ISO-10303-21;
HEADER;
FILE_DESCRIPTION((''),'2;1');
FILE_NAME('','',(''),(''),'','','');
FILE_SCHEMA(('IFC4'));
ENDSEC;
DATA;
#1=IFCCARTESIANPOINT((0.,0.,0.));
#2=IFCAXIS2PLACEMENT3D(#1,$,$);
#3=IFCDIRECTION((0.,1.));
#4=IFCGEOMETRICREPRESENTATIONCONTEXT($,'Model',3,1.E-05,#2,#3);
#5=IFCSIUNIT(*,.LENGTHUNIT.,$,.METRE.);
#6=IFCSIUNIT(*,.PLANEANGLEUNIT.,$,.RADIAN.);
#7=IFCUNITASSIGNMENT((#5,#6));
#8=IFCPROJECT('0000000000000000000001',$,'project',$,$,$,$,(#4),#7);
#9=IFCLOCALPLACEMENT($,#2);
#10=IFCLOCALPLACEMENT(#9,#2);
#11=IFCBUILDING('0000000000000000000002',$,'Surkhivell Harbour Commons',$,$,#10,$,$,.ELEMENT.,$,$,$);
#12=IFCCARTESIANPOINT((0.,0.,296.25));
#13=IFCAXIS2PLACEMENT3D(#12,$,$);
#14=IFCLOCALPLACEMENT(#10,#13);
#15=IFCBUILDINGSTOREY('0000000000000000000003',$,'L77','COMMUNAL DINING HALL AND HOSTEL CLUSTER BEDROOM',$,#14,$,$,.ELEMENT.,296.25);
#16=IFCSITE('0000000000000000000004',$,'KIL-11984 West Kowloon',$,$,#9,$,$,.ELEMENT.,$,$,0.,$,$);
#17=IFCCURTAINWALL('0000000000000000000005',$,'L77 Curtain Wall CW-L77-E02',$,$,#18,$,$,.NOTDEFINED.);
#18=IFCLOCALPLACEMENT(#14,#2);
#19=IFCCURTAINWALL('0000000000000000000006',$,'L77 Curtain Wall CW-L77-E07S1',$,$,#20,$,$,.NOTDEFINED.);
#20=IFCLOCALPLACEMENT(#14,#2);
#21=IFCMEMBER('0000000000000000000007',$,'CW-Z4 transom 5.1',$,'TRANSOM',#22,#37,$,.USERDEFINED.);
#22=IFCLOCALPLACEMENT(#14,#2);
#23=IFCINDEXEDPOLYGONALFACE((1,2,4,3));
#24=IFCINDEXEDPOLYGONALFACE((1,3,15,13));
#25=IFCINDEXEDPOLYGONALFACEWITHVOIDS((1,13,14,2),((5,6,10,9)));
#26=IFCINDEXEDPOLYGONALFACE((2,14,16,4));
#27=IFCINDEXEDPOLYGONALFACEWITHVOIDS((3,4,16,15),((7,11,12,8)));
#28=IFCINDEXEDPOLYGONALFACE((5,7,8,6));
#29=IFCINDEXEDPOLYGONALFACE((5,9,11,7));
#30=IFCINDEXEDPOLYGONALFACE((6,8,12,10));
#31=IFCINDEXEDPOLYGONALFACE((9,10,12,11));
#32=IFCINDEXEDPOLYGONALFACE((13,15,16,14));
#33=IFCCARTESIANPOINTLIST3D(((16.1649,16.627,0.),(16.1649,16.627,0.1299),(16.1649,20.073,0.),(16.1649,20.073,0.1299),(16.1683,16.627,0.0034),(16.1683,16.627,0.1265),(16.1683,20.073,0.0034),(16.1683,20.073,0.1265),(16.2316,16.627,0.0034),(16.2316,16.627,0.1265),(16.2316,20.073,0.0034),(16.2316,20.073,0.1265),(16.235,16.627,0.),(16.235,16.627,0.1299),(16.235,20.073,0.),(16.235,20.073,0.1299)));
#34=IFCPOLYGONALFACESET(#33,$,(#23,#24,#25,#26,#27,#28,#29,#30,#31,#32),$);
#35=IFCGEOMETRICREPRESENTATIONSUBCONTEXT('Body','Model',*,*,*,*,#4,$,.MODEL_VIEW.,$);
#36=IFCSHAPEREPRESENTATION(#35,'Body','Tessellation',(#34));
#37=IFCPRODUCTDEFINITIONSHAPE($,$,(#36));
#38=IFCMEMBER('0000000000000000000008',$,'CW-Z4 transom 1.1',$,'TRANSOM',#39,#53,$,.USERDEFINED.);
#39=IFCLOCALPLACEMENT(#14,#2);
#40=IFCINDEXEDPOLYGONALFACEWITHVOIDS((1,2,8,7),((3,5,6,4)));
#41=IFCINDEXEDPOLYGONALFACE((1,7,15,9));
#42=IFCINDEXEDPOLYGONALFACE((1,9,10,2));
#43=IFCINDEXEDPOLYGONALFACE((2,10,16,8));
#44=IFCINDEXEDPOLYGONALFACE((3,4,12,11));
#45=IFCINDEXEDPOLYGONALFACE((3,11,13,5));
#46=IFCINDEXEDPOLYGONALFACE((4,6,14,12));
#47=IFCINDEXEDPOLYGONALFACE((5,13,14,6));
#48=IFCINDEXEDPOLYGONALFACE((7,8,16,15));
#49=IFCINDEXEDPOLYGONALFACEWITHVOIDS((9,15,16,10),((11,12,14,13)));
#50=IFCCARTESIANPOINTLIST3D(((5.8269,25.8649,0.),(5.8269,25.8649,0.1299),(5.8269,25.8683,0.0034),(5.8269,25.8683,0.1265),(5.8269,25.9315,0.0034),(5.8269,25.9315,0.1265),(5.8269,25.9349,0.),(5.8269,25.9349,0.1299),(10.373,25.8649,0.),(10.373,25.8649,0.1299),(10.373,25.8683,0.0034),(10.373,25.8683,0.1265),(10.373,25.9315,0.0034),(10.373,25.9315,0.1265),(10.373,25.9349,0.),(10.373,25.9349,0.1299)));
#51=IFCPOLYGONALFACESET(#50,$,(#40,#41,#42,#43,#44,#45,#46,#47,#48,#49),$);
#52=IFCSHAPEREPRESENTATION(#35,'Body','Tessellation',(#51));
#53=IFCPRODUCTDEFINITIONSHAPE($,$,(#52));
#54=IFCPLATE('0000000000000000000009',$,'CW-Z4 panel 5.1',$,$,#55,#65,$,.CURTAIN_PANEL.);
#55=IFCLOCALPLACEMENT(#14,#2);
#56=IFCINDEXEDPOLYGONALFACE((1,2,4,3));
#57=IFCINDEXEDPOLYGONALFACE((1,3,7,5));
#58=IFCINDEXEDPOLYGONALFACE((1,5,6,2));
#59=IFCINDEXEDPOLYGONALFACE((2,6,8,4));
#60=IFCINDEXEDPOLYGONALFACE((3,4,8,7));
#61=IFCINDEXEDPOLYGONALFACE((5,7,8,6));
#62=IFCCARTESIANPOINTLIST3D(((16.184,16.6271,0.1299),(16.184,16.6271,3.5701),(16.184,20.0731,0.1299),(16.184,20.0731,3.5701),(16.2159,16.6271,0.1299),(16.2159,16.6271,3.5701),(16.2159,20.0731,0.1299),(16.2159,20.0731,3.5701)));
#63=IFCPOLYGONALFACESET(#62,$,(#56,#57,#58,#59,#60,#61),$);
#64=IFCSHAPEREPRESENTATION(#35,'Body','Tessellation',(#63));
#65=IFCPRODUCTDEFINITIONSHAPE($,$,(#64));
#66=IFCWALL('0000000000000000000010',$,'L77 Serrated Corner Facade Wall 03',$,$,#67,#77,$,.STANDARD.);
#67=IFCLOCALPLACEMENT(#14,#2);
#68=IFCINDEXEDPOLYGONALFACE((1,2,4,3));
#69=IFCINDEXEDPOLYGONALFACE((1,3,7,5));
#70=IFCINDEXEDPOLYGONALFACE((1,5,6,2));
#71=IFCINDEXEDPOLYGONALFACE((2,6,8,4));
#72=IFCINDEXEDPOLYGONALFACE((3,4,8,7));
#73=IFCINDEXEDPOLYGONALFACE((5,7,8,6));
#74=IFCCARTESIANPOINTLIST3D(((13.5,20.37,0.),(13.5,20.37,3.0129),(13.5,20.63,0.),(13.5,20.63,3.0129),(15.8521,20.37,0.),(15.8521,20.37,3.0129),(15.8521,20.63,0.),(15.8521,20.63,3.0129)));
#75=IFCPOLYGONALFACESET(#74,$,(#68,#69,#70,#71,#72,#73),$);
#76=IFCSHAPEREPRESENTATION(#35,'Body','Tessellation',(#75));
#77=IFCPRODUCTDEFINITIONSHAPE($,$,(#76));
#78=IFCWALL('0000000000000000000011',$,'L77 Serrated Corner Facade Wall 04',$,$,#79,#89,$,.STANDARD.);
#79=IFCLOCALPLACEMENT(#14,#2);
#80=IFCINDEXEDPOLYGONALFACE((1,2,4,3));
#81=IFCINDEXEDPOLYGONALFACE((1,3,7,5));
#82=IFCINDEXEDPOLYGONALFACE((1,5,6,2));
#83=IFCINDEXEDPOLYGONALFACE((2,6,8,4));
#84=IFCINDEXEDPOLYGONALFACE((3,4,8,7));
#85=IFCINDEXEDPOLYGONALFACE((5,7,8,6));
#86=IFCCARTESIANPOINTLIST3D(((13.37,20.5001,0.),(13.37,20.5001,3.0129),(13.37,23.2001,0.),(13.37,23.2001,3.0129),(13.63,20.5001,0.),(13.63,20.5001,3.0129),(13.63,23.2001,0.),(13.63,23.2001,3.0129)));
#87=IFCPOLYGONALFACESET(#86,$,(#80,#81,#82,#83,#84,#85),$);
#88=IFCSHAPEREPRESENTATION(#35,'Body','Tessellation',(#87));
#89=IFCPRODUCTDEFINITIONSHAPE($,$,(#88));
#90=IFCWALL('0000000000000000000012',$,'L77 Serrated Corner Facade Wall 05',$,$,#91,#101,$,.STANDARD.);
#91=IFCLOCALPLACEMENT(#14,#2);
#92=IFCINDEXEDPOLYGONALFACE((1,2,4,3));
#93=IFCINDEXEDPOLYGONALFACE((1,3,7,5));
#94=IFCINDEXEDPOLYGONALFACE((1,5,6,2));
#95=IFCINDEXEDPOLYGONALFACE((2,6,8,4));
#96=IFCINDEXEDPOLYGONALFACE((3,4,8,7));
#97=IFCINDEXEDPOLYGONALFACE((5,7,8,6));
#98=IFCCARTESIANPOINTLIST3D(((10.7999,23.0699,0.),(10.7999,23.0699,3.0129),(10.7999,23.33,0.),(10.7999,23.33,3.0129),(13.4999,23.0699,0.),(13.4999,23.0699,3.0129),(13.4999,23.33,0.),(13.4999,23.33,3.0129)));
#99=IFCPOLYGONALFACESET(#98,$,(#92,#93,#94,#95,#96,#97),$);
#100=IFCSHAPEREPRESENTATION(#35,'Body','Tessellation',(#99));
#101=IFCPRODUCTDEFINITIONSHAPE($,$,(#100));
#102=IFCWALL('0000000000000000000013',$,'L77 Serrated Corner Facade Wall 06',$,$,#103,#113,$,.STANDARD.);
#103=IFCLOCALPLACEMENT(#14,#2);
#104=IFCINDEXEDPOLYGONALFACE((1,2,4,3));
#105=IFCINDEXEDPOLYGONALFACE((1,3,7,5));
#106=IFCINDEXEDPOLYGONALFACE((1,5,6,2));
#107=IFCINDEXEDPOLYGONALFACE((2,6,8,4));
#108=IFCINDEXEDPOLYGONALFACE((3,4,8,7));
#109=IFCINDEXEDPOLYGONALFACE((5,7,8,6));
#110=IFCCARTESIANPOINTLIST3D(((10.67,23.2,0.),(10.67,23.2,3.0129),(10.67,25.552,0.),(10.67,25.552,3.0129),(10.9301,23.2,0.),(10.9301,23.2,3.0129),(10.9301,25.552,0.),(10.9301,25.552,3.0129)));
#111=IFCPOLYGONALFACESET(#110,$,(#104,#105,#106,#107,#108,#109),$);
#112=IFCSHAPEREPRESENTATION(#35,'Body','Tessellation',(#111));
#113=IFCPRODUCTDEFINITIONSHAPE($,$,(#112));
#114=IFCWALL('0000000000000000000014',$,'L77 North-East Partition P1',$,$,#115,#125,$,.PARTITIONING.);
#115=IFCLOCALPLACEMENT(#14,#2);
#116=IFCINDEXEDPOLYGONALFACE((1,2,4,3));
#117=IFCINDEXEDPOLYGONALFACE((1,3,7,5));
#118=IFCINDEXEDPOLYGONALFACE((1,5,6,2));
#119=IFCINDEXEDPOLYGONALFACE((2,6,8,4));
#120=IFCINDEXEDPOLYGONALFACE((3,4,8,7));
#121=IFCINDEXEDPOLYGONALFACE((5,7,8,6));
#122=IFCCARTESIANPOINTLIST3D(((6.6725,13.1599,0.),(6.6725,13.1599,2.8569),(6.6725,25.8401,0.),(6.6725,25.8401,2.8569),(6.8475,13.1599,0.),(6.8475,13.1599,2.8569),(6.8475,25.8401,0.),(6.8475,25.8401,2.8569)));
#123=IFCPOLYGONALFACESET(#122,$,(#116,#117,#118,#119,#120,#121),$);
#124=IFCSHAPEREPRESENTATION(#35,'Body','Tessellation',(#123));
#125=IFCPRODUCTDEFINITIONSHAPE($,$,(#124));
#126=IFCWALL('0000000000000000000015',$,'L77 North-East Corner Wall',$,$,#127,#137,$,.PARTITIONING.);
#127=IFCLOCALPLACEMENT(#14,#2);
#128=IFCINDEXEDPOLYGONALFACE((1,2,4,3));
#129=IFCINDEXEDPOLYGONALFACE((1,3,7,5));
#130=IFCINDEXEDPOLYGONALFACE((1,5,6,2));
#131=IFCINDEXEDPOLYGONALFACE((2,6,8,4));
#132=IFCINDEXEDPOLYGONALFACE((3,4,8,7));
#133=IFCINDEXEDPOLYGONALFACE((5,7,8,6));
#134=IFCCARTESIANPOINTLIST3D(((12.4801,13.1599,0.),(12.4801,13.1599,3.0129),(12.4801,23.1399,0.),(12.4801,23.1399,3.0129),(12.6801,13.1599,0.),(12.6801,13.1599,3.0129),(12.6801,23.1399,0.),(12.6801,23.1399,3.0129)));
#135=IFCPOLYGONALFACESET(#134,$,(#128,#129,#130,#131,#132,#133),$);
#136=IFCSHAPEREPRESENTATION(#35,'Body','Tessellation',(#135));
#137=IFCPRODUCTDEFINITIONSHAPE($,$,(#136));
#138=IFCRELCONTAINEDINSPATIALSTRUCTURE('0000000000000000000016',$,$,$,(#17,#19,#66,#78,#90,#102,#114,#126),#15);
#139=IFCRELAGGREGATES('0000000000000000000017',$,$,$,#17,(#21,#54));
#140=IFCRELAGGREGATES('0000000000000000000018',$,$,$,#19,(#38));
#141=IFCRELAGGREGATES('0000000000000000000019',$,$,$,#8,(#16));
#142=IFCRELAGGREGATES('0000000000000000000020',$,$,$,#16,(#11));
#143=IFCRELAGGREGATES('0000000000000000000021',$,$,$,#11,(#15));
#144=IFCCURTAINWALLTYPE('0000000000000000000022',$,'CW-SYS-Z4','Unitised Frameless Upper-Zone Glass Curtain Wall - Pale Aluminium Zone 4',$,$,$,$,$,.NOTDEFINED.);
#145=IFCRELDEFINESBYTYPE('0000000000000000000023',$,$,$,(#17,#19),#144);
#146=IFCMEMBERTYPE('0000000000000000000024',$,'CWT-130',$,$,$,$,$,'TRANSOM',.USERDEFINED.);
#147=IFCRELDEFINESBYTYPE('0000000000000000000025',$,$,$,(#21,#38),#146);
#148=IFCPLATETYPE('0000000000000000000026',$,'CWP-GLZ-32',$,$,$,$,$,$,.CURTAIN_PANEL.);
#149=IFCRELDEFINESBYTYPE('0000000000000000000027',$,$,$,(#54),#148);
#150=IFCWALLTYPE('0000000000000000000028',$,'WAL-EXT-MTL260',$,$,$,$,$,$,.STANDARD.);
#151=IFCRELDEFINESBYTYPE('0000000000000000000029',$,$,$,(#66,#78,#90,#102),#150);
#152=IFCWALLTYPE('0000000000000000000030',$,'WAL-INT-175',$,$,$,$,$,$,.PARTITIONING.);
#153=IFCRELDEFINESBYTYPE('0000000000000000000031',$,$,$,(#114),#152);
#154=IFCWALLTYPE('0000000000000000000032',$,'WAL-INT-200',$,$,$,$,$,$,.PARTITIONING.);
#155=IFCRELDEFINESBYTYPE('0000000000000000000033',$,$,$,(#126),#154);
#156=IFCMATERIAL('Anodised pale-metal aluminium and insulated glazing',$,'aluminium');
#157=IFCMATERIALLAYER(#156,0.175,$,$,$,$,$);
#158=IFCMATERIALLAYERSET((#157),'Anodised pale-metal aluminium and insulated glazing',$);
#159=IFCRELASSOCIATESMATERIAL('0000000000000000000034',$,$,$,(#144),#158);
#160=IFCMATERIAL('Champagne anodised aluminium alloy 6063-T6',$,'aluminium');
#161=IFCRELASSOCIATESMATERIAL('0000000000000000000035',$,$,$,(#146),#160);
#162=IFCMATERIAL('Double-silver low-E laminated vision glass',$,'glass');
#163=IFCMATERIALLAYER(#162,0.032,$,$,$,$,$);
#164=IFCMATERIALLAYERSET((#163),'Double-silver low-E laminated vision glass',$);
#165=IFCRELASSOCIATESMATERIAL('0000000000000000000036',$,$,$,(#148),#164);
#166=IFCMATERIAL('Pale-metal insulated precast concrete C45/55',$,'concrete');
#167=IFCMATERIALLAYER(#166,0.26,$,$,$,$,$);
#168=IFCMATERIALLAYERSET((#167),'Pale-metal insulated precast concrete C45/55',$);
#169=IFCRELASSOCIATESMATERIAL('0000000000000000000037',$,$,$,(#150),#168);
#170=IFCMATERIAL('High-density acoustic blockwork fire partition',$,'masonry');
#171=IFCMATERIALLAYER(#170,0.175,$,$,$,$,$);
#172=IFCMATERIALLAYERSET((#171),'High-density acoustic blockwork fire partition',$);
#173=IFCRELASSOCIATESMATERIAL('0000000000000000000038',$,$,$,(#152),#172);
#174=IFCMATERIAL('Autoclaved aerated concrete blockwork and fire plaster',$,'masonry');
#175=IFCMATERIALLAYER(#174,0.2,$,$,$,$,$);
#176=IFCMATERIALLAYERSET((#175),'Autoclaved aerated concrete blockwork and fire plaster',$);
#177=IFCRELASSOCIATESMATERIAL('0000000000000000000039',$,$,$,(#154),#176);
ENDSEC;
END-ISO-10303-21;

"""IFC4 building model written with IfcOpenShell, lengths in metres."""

from ifc_helpers import new_model, si_unit, direction, frame, frame_2d, origin, origin_2d, place, context, subcontext, project, spatial, rectangle, hollow_rectangle, extrude, material, layer, layer_set, material_profile, profile_set, type_object, element, aggregate, save


model = new_model("IFC4")

# Units and contexts
model_context = context("Model", 3, precision=1e-05, world=origin(), true_north=direction((0.0, 1.0)))
body_context = subcontext(model_context, "Body", "Model", "MODEL_VIEW")
ifc_project = project(units=[si_unit("LENGTHUNIT", "METRE"), si_unit("PLANEANGLEUNIT", "RADIAN")], contexts=[model_context])

# Site, building, storey
site_placement = place(None, origin())
site = spatial("IfcSite", under=ifc_project, at=site_placement, Name="KIL-11984 West Kowloon", CompositionType="ELEMENT", RefElevation=0.0)
building_placement = place(site_placement, origin())
building = spatial("IfcBuilding", under=site, at=building_placement, Name="Surkhivell Harbour Commons", CompositionType="ELEMENT")
storey_placement = place(building_placement, frame((0.0, 0.0, 296.25)))
storey = spatial("IfcBuildingStorey", under=building, at=storey_placement, Name="L77", Description="COMMUNAL DINING HALL AND HOSTEL CLUSTER BEDROOM", CompositionType="ELEMENT", Elevation=296.25)

# Curtain walls
ifc_material_1 = material(Name="Anodised pale-metal aluminium and insulated glazing", Category="aluminium")
ifc_layer_1 = layer(ifc_material_1, 0.175)
ifc_layer_set_1 = layer_set([ifc_layer_1], Name="Anodised pale-metal aluminium and insulated glazing")
curtain_wall_type = type_object("IfcCurtainWallType", Name="CW-SYS-Z4", Description="Unitised Frameless Upper-Zone Glass Curtain Wall - Pale Aluminium Zone 4", PredefinedType="NOTDEFINED", material=ifc_layer_set_1)
curtain_wall_1_placement = place(storey_placement, origin())
curtain_wall_1 = element("IfcCurtainWall", 1, at=curtain_wall_1_placement, inside=storey, type_object=curtain_wall_type, Name="L77 Curtain Wall CW-L77-E02", PredefinedType="NOTDEFINED")
curtain_wall_2_placement = place(storey_placement, origin())
curtain_wall_2 = element("IfcCurtainWall", 2, at=curtain_wall_2_placement, inside=storey, type_object=curtain_wall_type, Name="L77 Curtain Wall CW-L77-E07S1", PredefinedType="NOTDEFINED")

# Members
ifc_material_2 = material(Name="Champagne anodised aluminium alloy 6063-T6", Category="aluminium")
ifc_material_profile_1 = material_profile(ifc_material_2, hollow_rectangle(XDim=0.0701, YDim=0.1299, WallThickness=0.0034, at=origin_2d()), Name="ALU-TRAN-70x130")
ifc_profile_set_1 = profile_set([ifc_material_profile_1], Name="Champagne anodised aluminium alloy 6063-T6")
member_type_1 = type_object("IfcMemberType", Name="CWT-130", ElementType="TRANSOM", PredefinedType="USERDEFINED", material=ifc_profile_set_1)
member_1_placement = place(storey_placement, frame((16.2, 16.627, 0.0649), z_axis=(0.0, 1.0, 0.0), x_axis=(-1.0, 0.0, 0.0)))
member_1 = element("IfcMember", 3, at=member_1_placement, type_object=member_type_1, Name="CW-Z4 transom 5.1", ObjectType="TRANSOM", PredefinedType="USERDEFINED", context=body_context, shape_type="SweptSolid", body=[
    extrude(hollow_rectangle(XDim=0.0701, YDim=0.1299, WallThickness=0.0034, at=origin_2d()), origin(), (0.0, 0.0, 1.0), 3.446),
])
member_2_placement = place(storey_placement, frame((10.373, 25.8999, 0.0649), z_axis=(-1.0, 0.0, 0.0), x_axis=(0.0, -1.0, 0.0)))
member_2 = element("IfcMember", 4, at=member_2_placement, type_object=member_type_1, Name="CW-Z4 transom 1.1", ObjectType="TRANSOM", PredefinedType="USERDEFINED", context=body_context, shape_type="SweptSolid", body=[
    extrude(hollow_rectangle(XDim=0.0701, YDim=0.1299, WallThickness=0.0034, at=origin_2d()), origin(), (0.0, 0.0, 1.0), 4.5461),
])

# Plate
ifc_material_3 = material(Name="Double-silver low-E laminated vision glass", Category="glass")
ifc_layer_2 = layer(ifc_material_3, 0.032)
ifc_layer_set_2 = layer_set([ifc_layer_2], Name="Double-silver low-E laminated vision glass")
plate_type = type_object("IfcPlateType", Name="CWP-GLZ-32", PredefinedType="CURTAIN_PANEL", material=ifc_layer_set_2)
plate_1_placement = place(storey_placement, frame((16.2, 16.627, 0.1299), z_axis=(0.0, 0.0, 1.0), x_axis=(0.0, 1.0, 0.0)))
plate_1 = element("IfcPlate", 5, at=plate_1_placement, type_object=plate_type, Name="CW-Z4 panel 5.1", PredefinedType="CURTAIN_PANEL", context=body_context, shape_type="SweptSolid", body=[
    extrude(rectangle(XDim=3.446, YDim=0.032, at=frame_2d((1.7231, 0.0))), origin(), (0.0, 0.0, 1.0), 3.4402),
])
aggregate(curtain_wall_1, [member_1, plate_1])
aggregate(curtain_wall_2, [member_2])

# Walls
ifc_material_4 = material(Name="Pale-metal insulated precast concrete C45/55", Category="concrete")
ifc_layer_3 = layer(ifc_material_4, 0.26)
ifc_layer_set_3 = layer_set([ifc_layer_3], Name="Pale-metal insulated precast concrete C45/55")
wall_type_1 = type_object("IfcWallType", Name="WAL-EXT-MTL260", PredefinedType="STANDARD", material=ifc_layer_set_3)
wall_1_placement = place(storey_placement, frame((15.8521, 20.5, 0.0), z_axis=(0.0, 0.0, 1.0), x_axis=(-1.0, 0.0, 0.0)))
element("IfcWall", 6, at=wall_1_placement, inside=storey, type_object=wall_type_1, Name="L77 Serrated Corner Facade Wall 03", PredefinedType="STANDARD", context=body_context, shape_type="SweptSolid", body=[
    extrude(rectangle(XDim=2.3521, YDim=0.26, at=frame_2d((1.176, 0.0))), origin(), (0.0, 0.0, 1.0), 3.0129),
])
for number, where, z_axis, x_axis, name in (
    (7, (13.5, 20.5, 0.0), (0.0, 0.0, 1.0), (0.0, 1.0, 0.0), "L77 Serrated Corner Facade Wall 04"),
    (8, (13.5, 23.2, 0.0), (0.0, 0.0, 1.0), (-1.0, 0.0, 0.0), "L77 Serrated Corner Facade Wall 05"),
):
    element("IfcWall", number, at=place(storey_placement, frame(where, z_axis=z_axis, x_axis=x_axis)), inside=storey, type_object=wall_type_1, Name=name, PredefinedType="STANDARD", context=body_context, shape_type="SweptSolid", body=[
        extrude(rectangle(XDim=2.7, YDim=0.26, at=frame_2d((1.3501, 0.0))), origin(), (0.0, 0.0, 1.0), 3.0129),
    ])
wall_2_placement = place(storey_placement, frame((10.8, 23.2, 0.0), z_axis=(0.0, 0.0, 1.0), x_axis=(0.0, 1.0, 0.0)))
element("IfcWall", 9, at=wall_2_placement, inside=storey, type_object=wall_type_1, Name="L77 Serrated Corner Facade Wall 06", PredefinedType="STANDARD", context=body_context, shape_type="SweptSolid", body=[
    extrude(rectangle(XDim=2.3521, YDim=0.26, at=frame_2d((1.176, 0.0))), origin(), (0.0, 0.0, 1.0), 3.0129),
])
ifc_material_5 = material(Name="High-density acoustic blockwork fire partition", Category="masonry")
ifc_layer_4 = layer(ifc_material_5, 0.175)
ifc_layer_set_4 = layer_set([ifc_layer_4], Name="High-density acoustic blockwork fire partition")
wall_type_2 = type_object("IfcWallType", Name="WAL-INT-175", PredefinedType="PARTITIONING", material=ifc_layer_set_4)
wall_3_placement = place(storey_placement, frame((6.76, 13.1599, 0.0), z_axis=(0.0, 0.0, 1.0), x_axis=(0.0, 1.0, 0.0)))
element("IfcWall", 10, at=wall_3_placement, inside=storey, type_object=wall_type_2, Name="L77 North-East Partition P1", PredefinedType="PARTITIONING", context=body_context, shape_type="SweptSolid", body=[
    extrude(rectangle(XDim=12.6802, YDim=0.175, at=frame_2d((6.3401, 0.0))), origin(), (0.0, 0.0, 1.0), 2.8569),
])
ifc_material_6 = material(Name="Autoclaved aerated concrete blockwork and fire plaster", Category="masonry")
ifc_layer_5 = layer(ifc_material_6, 0.2)
ifc_layer_set_5 = layer_set([ifc_layer_5], Name="Autoclaved aerated concrete blockwork and fire plaster")
wall_type_3 = type_object("IfcWallType", Name="WAL-INT-200", PredefinedType="PARTITIONING", material=ifc_layer_set_5)
wall_4_placement = place(storey_placement, frame((12.5801, 13.1599, 0.0), z_axis=(0.0, 0.0, 1.0), x_axis=(0.0, 1.0, 0.0)))
element("IfcWall", 11, at=wall_4_placement, inside=storey, type_object=wall_type_3, Name="L77 North-East Corner Wall", PredefinedType="PARTITIONING", context=body_context, shape_type="SweptSolid", body=[
    extrude(rectangle(XDim=9.98, YDim=0.2, at=frame_2d((4.99, 0.0))), origin(), (0.0, 0.0, 1.0), 3.0129),
])

save(model, "model.ifc")
